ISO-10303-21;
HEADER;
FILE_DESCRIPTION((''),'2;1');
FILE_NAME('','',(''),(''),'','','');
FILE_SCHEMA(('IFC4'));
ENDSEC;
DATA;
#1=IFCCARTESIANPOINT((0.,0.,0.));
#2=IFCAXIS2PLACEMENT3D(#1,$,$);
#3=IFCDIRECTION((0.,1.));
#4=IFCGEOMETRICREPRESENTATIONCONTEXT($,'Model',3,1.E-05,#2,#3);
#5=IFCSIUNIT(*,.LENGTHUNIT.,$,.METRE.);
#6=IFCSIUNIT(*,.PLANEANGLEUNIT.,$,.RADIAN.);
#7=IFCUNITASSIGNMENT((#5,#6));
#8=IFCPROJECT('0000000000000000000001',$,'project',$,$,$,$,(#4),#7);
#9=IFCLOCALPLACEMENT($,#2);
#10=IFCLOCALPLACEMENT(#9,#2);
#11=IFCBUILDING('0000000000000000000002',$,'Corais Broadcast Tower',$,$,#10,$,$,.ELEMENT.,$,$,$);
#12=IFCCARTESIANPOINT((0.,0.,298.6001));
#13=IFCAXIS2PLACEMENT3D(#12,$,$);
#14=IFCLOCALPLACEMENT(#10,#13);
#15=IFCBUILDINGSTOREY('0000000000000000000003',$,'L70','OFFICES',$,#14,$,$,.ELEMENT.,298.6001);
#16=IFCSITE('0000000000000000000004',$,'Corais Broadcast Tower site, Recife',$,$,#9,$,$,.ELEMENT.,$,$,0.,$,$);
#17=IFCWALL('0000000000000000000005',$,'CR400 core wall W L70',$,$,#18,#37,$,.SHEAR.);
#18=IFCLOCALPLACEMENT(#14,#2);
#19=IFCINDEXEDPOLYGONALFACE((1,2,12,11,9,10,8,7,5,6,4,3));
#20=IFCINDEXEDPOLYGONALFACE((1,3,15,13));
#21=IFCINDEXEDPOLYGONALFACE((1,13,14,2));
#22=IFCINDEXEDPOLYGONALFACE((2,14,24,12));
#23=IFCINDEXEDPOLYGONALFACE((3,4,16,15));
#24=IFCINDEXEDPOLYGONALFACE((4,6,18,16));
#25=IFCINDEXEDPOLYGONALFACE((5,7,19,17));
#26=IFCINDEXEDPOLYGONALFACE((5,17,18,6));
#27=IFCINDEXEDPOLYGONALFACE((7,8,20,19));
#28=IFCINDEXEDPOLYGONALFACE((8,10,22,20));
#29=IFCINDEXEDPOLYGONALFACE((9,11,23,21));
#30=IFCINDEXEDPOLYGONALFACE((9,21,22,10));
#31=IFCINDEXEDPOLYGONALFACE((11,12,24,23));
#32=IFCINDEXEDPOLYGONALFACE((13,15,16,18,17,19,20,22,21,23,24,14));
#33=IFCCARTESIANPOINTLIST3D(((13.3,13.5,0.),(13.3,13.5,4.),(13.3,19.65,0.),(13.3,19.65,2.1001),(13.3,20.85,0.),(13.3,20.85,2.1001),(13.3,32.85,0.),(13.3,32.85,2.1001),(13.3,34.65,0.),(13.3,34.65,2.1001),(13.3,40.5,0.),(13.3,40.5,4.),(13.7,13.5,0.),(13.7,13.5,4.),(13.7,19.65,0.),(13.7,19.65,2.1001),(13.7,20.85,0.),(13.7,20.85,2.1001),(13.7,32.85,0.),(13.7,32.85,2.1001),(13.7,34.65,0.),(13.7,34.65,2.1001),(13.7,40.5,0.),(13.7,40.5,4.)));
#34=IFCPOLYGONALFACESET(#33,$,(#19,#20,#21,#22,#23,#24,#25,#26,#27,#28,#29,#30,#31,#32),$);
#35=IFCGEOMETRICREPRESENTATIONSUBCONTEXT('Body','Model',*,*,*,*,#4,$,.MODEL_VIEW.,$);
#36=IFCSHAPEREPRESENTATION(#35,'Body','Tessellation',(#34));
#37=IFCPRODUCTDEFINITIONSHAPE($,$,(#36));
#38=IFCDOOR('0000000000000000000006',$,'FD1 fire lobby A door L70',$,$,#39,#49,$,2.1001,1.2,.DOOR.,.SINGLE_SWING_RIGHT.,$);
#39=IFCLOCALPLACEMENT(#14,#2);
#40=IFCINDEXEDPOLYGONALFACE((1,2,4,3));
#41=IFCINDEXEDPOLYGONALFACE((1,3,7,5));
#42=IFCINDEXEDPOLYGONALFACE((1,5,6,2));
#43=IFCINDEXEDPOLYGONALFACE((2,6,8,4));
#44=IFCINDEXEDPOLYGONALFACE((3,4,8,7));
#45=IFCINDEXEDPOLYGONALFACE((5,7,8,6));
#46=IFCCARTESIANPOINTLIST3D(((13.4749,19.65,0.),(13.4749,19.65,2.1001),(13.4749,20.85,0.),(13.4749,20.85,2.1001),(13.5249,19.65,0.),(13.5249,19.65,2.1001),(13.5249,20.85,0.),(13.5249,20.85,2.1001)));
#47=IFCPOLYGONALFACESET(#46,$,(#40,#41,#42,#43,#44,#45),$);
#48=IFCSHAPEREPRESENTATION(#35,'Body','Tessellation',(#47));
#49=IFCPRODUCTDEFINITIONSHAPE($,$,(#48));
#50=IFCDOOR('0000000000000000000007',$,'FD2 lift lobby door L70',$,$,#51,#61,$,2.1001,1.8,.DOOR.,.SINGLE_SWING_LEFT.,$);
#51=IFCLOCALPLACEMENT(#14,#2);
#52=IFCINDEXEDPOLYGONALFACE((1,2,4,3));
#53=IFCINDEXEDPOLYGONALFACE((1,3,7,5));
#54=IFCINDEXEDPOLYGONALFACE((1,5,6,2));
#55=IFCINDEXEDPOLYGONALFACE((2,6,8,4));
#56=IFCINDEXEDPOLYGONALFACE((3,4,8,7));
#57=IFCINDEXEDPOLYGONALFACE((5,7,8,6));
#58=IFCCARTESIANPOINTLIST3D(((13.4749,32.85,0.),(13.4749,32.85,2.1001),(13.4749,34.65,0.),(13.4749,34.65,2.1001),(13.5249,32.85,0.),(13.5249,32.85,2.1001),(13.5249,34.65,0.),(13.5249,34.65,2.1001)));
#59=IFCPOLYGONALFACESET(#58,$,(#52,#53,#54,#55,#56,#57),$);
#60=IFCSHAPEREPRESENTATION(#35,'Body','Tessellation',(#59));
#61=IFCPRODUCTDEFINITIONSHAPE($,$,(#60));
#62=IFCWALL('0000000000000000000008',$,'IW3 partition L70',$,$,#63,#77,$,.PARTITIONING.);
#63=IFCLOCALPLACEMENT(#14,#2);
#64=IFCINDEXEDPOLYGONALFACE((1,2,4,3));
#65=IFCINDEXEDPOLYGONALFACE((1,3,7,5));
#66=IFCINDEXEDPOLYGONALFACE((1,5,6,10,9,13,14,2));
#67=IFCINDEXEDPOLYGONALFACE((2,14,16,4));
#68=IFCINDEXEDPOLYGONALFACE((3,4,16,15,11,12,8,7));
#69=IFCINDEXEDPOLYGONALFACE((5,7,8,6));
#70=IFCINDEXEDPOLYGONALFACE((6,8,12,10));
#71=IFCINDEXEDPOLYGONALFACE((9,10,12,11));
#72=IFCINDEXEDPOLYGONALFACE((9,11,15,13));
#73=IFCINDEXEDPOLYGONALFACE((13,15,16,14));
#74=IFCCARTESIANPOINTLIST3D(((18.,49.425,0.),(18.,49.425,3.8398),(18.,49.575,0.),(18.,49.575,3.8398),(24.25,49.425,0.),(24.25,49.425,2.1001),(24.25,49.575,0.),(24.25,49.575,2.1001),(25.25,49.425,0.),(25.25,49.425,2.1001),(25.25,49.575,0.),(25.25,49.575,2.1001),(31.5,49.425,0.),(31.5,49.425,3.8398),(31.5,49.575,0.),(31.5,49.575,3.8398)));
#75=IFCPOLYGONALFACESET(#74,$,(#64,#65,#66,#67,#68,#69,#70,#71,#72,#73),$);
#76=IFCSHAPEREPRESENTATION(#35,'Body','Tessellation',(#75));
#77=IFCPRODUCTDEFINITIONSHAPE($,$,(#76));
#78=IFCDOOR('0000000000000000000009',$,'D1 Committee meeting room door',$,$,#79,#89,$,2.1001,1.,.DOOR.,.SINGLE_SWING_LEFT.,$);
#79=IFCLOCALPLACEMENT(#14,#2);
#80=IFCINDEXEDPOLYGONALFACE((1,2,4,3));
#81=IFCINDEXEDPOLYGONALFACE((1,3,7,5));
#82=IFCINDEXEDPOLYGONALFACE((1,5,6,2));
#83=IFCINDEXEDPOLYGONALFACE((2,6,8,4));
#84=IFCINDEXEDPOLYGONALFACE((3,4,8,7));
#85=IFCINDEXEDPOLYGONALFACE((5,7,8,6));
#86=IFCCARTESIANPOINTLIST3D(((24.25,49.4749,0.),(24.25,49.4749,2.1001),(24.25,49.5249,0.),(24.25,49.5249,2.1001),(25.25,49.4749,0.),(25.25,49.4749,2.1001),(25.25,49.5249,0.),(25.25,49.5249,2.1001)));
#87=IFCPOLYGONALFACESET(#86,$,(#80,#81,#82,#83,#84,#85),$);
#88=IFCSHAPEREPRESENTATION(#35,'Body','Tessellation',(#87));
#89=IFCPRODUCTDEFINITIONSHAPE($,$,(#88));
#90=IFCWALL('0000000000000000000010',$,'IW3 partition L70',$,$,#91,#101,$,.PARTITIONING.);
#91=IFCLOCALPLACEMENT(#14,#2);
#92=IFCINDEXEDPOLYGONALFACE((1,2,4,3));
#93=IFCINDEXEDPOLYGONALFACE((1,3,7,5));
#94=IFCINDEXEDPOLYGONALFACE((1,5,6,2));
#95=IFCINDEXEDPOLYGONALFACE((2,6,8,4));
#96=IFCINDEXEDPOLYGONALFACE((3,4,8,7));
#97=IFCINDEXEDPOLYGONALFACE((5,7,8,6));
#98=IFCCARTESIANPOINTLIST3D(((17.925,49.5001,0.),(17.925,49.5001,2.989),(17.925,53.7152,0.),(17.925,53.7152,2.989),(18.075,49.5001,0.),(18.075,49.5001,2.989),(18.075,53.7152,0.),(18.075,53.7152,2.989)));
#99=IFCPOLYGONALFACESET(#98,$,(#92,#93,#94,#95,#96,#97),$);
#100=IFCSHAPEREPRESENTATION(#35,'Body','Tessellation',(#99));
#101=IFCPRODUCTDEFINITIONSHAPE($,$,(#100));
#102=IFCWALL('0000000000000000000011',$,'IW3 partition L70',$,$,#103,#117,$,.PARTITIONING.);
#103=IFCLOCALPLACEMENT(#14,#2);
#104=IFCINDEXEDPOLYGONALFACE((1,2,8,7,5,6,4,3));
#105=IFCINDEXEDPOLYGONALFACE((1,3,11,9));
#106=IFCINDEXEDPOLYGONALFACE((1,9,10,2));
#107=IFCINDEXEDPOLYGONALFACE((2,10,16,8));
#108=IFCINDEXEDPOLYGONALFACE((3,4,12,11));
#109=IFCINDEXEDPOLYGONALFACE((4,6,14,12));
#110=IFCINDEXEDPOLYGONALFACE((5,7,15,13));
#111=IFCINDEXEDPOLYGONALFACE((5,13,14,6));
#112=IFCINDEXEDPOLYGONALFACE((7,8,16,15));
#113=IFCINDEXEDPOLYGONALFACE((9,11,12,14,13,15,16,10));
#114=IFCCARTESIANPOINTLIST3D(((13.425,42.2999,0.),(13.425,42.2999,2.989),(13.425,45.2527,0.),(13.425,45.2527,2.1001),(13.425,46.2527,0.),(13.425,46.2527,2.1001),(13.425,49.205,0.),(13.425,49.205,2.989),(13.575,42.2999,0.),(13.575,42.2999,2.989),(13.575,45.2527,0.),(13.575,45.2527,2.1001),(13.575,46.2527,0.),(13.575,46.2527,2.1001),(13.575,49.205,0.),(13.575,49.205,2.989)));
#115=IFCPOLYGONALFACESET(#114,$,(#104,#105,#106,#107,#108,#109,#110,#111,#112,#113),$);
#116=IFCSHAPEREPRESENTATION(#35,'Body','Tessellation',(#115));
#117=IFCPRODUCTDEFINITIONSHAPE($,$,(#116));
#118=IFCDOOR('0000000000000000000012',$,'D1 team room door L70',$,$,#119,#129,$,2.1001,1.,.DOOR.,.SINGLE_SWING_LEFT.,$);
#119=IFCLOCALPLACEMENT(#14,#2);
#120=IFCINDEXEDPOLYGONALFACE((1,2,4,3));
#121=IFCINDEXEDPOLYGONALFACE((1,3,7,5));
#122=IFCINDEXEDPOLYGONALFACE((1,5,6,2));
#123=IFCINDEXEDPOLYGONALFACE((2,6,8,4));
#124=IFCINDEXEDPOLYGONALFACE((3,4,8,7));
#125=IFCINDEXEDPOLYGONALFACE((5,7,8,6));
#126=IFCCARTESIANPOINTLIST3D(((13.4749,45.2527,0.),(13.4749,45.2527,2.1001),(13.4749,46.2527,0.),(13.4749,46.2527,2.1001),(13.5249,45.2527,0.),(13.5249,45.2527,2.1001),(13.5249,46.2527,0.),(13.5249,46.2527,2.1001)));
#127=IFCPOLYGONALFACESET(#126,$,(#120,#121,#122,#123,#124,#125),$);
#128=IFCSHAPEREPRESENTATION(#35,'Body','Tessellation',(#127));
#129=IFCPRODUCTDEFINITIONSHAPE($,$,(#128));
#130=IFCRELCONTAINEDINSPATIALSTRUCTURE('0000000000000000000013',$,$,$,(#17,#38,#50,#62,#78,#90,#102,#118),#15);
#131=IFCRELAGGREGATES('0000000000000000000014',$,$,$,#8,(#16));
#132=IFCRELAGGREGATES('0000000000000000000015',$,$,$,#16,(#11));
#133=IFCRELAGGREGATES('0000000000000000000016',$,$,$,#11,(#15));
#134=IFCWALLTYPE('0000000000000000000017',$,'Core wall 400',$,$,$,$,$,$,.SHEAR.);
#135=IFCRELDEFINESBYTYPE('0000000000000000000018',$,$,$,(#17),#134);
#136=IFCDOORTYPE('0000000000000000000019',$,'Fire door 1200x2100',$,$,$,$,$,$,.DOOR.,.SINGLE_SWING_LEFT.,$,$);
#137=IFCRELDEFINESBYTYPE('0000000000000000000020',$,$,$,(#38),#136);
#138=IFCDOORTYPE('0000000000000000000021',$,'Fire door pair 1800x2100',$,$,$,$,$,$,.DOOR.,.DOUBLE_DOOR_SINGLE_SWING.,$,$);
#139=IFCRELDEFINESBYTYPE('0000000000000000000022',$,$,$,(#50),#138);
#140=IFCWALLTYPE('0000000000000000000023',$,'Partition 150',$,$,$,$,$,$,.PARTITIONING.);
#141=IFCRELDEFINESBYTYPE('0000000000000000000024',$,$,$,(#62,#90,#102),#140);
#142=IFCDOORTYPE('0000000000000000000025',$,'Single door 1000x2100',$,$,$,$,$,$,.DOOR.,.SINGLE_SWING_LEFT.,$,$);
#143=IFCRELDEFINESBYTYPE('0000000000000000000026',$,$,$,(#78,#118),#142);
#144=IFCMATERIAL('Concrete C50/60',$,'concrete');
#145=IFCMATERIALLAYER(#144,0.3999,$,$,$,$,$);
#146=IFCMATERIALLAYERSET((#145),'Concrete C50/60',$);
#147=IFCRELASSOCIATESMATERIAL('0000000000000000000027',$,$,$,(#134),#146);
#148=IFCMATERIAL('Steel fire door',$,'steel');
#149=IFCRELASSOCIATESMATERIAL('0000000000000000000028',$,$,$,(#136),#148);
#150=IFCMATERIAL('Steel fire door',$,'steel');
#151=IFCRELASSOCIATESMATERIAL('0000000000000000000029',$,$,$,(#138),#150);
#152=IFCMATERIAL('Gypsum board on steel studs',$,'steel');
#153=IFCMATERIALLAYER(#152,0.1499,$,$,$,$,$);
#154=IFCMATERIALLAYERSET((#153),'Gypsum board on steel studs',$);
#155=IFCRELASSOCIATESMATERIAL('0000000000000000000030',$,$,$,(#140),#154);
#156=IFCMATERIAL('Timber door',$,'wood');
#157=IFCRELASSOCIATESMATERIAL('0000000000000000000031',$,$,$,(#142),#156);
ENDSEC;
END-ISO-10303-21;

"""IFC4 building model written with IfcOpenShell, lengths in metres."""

from ifc_helpers import new_model, si_unit, direction, frame, frame_2d, origin, place, context, subcontext, project, spatial, rectangle, extrude, material, layer, layer_set, type_object, element, fill, save


model = new_model("IFC4")

# Units and contexts
model_context = context("Model", 3, precision=1e-05, world=origin(), true_north=direction((0.0, 1.0)))
body_context = subcontext(model_context, "Body", "Model", "MODEL_VIEW")
ifc_project = project(units=[si_unit("LENGTHUNIT", "METRE"), si_unit("PLANEANGLEUNIT", "RADIAN")], contexts=[model_context])

# Site, building, storey
site_placement = place(None, origin())
site = spatial("IfcSite", under=ifc_project, at=site_placement, Name="Corais Broadcast Tower site, Recife", CompositionType="ELEMENT", RefElevation=0.0)
building_placement = place(site_placement, origin())
building = spatial("IfcBuilding", under=site, at=building_placement, Name="Corais Broadcast Tower", CompositionType="ELEMENT")
storey_placement = place(building_placement, frame((0.0, 0.0, 298.6001)))
storey = spatial("IfcBuildingStorey", under=building, at=storey_placement, Name="L70", Description="OFFICES", CompositionType="ELEMENT", Elevation=298.6001)

# Wall, openings, doors
ifc_material_1 = material(Name="Concrete C50/60", Category="concrete")
ifc_layer_1 = layer(ifc_material_1, 0.3999)
ifc_layer_set_1 = layer_set([ifc_layer_1], Name="Concrete C50/60")
wall_type_1 = type_object("IfcWallType", Name="Core wall 400", PredefinedType="SHEAR", material=ifc_layer_set_1)
wall_1_placement = place(storey_placement, frame((13.5, 40.5, 0.0), z_axis=(0.0, 0.0, 1.0), x_axis=(0.0, -1.0, 0.0)))
wall_1 = element("IfcWall", 1, at=wall_1_placement, inside=storey, type_object=wall_type_1, Name="CR400 core wall W L70", PredefinedType="SHEAR", context=body_context, shape_type="SweptSolid", body=[
    extrude(rectangle(XDim=27.0, YDim=0.3999, at=frame_2d((13.5, 0.0))), origin(), (0.0, 0.0, 1.0), 4.0),
])
opening_1_placement = place(wall_1_placement, frame((19.6499, 0.0, 0.0)))
opening_1 = element("IfcOpeningElement", 2, at=opening_1_placement, cuts=wall_1, PredefinedType="OPENING", context=body_context, shape_type="SweptSolid", body=[
    extrude(rectangle(XDim=1.2, YDim=2.1001, at=frame_2d((0.6001, 1.05))), frame((0.0, 0.21, 0.0), z_axis=(0.0, -1.0, 0.0), x_axis=(1.0, 0.0, 0.0)), (0.0, 0.0, 1.0), 0.4199),
])
opening_2_placement = place(wall_1_placement, frame((5.8501, 0.0, 0.0)))
opening_2 = element("IfcOpeningElement", 3, at=opening_2_placement, cuts=wall_1, PredefinedType="OPENING", context=body_context, shape_type="SweptSolid", body=[
    extrude(rectangle(XDim=1.8, YDim=2.1001, at=frame_2d((0.8999, 1.05))), frame((0.0, 0.21, 0.0), z_axis=(0.0, -1.0, 0.0), x_axis=(1.0, 0.0, 0.0)), (0.0, 0.0, 1.0), 0.4199),
])
ifc_material_2 = material(Name="Steel fire door", Category="steel")
door_type_1 = type_object("IfcDoorType", Name="Fire door 1200x2100", OperationType="SINGLE_SWING_LEFT", PredefinedType="DOOR", material=ifc_material_2)
door_1_placement = place(opening_1_placement, origin())
door_1 = element("IfcDoor", 4, at=door_1_placement, inside=storey, type_object=door_type_1, Name="FD1 fire lobby A door L70", OperationType="SINGLE_SWING_RIGHT", OverallHeight=2.1001, OverallWidth=1.2, PredefinedType="DOOR", context=body_context, shape_type="SweptSolid", body=[
    extrude(rectangle(XDim=1.2, YDim=2.1001, at=frame_2d((0.6001, 1.05))), frame((0.0, 0.0249, 0.0), z_axis=(0.0, -1.0, 0.0), x_axis=(1.0, 0.0, 0.0)), (0.0, 0.0, 1.0), 0.05),
])
fill(opening_1, door_1)
ifc_material_3 = material(Name="Steel fire door", Category="steel")
door_type_2 = type_object("IfcDoorType", Name="Fire door pair 1800x2100", OperationType="DOUBLE_DOOR_SINGLE_SWING", PredefinedType="DOOR", material=ifc_material_3)
door_2_placement = place(opening_2_placement, origin())
door_2 = element("IfcDoor", 5, at=door_2_placement, inside=storey, type_object=door_type_2, Name="FD2 lift lobby door L70", OperationType="SINGLE_SWING_LEFT", OverallHeight=2.1001, OverallWidth=1.8, PredefinedType="DOOR", context=body_context, shape_type="SweptSolid", body=[
    extrude(rectangle(XDim=1.8, YDim=2.1001, at=frame_2d((0.8999, 1.05))), frame((0.0, 0.0249, 0.0), z_axis=(0.0, -1.0, 0.0), x_axis=(1.0, 0.0, 0.0)), (0.0, 0.0, 1.0), 0.05),
])
fill(opening_2, door_2)

# Wall, opening, door
ifc_material_4 = material(Name="Gypsum board on steel studs", Category="steel")
ifc_layer_2 = layer(ifc_material_4, 0.1499)
ifc_layer_set_2 = layer_set([ifc_layer_2], Name="Gypsum board on steel studs")
wall_type_2 = type_object("IfcWallType", Name="Partition 150", PredefinedType="PARTITIONING", material=ifc_layer_set_2)
wall_2_placement = place(storey_placement, frame((18.0, 49.5, 0.0), z_axis=(0.0, 0.0, 1.0), x_axis=(1.0, 0.0, 0.0)))
wall_2 = element("IfcWall", 6, at=wall_2_placement, inside=storey, type_object=wall_type_2, Name="IW3 partition L70", PredefinedType="PARTITIONING", context=body_context, shape_type="SweptSolid", body=[
    extrude(rectangle(XDim=13.5, YDim=0.1499, at=frame_2d((6.75, 0.0))), origin(), (0.0, 0.0, 1.0), 3.8398),
])
opening_3_placement = place(wall_2_placement, frame((6.25, 0.0, 0.0)))
opening_3 = element("IfcOpeningElement", 7, at=opening_3_placement, cuts=wall_2, PredefinedType="OPENING", context=body_context, shape_type="SweptSolid", body=[
    extrude(rectangle(XDim=1.0, YDim=2.1001, at=frame_2d((0.5, 1.05))), frame((0.0, 0.085, 0.0), z_axis=(0.0, -1.0, 0.0), x_axis=(1.0, 0.0, 0.0)), (0.0, 0.0, 1.0), 0.1699),
])
ifc_material_5 = material(Name="Timber door", Category="wood")
door_type_3 = type_object("IfcDoorType", Name="Single door 1000x2100", OperationType="SINGLE_SWING_LEFT", PredefinedType="DOOR", material=ifc_material_5)
door_3_placement = place(opening_3_placement, origin())
door_3 = element("IfcDoor", 8, at=door_3_placement, inside=storey, type_object=door_type_3, Name="D1 Committee meeting room door", OperationType="SINGLE_SWING_LEFT", OverallHeight=2.1001, OverallWidth=1.0, PredefinedType="DOOR", context=body_context, shape_type="SweptSolid", body=[
    extrude(rectangle(XDim=1.0, YDim=2.1001, at=frame_2d((0.5, 1.05))), frame((0.0, 0.0249, 0.0), z_axis=(0.0, -1.0, 0.0), x_axis=(1.0, 0.0, 0.0)), (0.0, 0.0, 1.0), 0.05),
])
fill(opening_3, door_3)

# Wall
wall_3_placement = place(storey_placement, frame((18.0, 53.7151, 0.0), z_axis=(0.0, 0.0, 1.0), x_axis=(0.0, -1.0, 0.0)))
element("IfcWall", 9, at=wall_3_placement, inside=storey, type_object=wall_type_2, Name="IW3 partition L70", PredefinedType="PARTITIONING", context=body_context, shape_type="SweptSolid", body=[
    extrude(rectangle(XDim=4.2151, YDim=0.1499, at=frame_2d((2.1074, 0.0))), origin(), (0.0, 0.0, 1.0), 2.989),
])

# Wall, opening, door
wall_4_placement = place(storey_placement, frame((13.5, 49.2051, 0.0), z_axis=(0.0, 0.0, 1.0), x_axis=(0.0, -1.0, 0.0)))
wall_4 = element("IfcWall", 10, at=wall_4_placement, inside=storey, type_object=wall_type_2, Name="IW3 partition L70", PredefinedType="PARTITIONING", context=body_context, shape_type="SweptSolid", body=[
    extrude(rectangle(XDim=6.905, YDim=0.1499, at=frame_2d((3.4526, 0.0))), origin(), (0.0, 0.0, 1.0), 2.989),
])
opening_4_placement = place(wall_4_placement, frame((2.9524, 0.0, 0.0)))
opening_4 = element("IfcOpeningElement", 11, at=opening_4_placement, cuts=wall_4, PredefinedType="OPENING", context=body_context, shape_type="SweptSolid", body=[
    extrude(rectangle(XDim=1.0, YDim=2.1001, at=frame_2d((0.5, 1.05))), frame((0.0, 0.085, 0.0), z_axis=(0.0, -1.0, 0.0), x_axis=(1.0, 0.0, 0.0)), (0.0, 0.0, 1.0), 0.1699),
])
door_4_placement = place(opening_4_placement, origin())
door_4 = element("IfcDoor", 12, at=door_4_placement, inside=storey, type_object=door_type_3, Name="D1 team room door L70", OperationType="SINGLE_SWING_LEFT", OverallHeight=2.1001, OverallWidth=1.0, PredefinedType="DOOR", context=body_context, shape_type="SweptSolid", body=[
    extrude(rectangle(XDim=1.0, YDim=2.1001, at=frame_2d((0.5, 1.05))), frame((0.0, 0.0249, 0.0), z_axis=(0.0, -1.0, 0.0), x_axis=(1.0, 0.0, 0.0)), (0.0, 0.0, 1.0), 0.05),
])
fill(opening_4, door_4)

save(model, "model.ifc")
